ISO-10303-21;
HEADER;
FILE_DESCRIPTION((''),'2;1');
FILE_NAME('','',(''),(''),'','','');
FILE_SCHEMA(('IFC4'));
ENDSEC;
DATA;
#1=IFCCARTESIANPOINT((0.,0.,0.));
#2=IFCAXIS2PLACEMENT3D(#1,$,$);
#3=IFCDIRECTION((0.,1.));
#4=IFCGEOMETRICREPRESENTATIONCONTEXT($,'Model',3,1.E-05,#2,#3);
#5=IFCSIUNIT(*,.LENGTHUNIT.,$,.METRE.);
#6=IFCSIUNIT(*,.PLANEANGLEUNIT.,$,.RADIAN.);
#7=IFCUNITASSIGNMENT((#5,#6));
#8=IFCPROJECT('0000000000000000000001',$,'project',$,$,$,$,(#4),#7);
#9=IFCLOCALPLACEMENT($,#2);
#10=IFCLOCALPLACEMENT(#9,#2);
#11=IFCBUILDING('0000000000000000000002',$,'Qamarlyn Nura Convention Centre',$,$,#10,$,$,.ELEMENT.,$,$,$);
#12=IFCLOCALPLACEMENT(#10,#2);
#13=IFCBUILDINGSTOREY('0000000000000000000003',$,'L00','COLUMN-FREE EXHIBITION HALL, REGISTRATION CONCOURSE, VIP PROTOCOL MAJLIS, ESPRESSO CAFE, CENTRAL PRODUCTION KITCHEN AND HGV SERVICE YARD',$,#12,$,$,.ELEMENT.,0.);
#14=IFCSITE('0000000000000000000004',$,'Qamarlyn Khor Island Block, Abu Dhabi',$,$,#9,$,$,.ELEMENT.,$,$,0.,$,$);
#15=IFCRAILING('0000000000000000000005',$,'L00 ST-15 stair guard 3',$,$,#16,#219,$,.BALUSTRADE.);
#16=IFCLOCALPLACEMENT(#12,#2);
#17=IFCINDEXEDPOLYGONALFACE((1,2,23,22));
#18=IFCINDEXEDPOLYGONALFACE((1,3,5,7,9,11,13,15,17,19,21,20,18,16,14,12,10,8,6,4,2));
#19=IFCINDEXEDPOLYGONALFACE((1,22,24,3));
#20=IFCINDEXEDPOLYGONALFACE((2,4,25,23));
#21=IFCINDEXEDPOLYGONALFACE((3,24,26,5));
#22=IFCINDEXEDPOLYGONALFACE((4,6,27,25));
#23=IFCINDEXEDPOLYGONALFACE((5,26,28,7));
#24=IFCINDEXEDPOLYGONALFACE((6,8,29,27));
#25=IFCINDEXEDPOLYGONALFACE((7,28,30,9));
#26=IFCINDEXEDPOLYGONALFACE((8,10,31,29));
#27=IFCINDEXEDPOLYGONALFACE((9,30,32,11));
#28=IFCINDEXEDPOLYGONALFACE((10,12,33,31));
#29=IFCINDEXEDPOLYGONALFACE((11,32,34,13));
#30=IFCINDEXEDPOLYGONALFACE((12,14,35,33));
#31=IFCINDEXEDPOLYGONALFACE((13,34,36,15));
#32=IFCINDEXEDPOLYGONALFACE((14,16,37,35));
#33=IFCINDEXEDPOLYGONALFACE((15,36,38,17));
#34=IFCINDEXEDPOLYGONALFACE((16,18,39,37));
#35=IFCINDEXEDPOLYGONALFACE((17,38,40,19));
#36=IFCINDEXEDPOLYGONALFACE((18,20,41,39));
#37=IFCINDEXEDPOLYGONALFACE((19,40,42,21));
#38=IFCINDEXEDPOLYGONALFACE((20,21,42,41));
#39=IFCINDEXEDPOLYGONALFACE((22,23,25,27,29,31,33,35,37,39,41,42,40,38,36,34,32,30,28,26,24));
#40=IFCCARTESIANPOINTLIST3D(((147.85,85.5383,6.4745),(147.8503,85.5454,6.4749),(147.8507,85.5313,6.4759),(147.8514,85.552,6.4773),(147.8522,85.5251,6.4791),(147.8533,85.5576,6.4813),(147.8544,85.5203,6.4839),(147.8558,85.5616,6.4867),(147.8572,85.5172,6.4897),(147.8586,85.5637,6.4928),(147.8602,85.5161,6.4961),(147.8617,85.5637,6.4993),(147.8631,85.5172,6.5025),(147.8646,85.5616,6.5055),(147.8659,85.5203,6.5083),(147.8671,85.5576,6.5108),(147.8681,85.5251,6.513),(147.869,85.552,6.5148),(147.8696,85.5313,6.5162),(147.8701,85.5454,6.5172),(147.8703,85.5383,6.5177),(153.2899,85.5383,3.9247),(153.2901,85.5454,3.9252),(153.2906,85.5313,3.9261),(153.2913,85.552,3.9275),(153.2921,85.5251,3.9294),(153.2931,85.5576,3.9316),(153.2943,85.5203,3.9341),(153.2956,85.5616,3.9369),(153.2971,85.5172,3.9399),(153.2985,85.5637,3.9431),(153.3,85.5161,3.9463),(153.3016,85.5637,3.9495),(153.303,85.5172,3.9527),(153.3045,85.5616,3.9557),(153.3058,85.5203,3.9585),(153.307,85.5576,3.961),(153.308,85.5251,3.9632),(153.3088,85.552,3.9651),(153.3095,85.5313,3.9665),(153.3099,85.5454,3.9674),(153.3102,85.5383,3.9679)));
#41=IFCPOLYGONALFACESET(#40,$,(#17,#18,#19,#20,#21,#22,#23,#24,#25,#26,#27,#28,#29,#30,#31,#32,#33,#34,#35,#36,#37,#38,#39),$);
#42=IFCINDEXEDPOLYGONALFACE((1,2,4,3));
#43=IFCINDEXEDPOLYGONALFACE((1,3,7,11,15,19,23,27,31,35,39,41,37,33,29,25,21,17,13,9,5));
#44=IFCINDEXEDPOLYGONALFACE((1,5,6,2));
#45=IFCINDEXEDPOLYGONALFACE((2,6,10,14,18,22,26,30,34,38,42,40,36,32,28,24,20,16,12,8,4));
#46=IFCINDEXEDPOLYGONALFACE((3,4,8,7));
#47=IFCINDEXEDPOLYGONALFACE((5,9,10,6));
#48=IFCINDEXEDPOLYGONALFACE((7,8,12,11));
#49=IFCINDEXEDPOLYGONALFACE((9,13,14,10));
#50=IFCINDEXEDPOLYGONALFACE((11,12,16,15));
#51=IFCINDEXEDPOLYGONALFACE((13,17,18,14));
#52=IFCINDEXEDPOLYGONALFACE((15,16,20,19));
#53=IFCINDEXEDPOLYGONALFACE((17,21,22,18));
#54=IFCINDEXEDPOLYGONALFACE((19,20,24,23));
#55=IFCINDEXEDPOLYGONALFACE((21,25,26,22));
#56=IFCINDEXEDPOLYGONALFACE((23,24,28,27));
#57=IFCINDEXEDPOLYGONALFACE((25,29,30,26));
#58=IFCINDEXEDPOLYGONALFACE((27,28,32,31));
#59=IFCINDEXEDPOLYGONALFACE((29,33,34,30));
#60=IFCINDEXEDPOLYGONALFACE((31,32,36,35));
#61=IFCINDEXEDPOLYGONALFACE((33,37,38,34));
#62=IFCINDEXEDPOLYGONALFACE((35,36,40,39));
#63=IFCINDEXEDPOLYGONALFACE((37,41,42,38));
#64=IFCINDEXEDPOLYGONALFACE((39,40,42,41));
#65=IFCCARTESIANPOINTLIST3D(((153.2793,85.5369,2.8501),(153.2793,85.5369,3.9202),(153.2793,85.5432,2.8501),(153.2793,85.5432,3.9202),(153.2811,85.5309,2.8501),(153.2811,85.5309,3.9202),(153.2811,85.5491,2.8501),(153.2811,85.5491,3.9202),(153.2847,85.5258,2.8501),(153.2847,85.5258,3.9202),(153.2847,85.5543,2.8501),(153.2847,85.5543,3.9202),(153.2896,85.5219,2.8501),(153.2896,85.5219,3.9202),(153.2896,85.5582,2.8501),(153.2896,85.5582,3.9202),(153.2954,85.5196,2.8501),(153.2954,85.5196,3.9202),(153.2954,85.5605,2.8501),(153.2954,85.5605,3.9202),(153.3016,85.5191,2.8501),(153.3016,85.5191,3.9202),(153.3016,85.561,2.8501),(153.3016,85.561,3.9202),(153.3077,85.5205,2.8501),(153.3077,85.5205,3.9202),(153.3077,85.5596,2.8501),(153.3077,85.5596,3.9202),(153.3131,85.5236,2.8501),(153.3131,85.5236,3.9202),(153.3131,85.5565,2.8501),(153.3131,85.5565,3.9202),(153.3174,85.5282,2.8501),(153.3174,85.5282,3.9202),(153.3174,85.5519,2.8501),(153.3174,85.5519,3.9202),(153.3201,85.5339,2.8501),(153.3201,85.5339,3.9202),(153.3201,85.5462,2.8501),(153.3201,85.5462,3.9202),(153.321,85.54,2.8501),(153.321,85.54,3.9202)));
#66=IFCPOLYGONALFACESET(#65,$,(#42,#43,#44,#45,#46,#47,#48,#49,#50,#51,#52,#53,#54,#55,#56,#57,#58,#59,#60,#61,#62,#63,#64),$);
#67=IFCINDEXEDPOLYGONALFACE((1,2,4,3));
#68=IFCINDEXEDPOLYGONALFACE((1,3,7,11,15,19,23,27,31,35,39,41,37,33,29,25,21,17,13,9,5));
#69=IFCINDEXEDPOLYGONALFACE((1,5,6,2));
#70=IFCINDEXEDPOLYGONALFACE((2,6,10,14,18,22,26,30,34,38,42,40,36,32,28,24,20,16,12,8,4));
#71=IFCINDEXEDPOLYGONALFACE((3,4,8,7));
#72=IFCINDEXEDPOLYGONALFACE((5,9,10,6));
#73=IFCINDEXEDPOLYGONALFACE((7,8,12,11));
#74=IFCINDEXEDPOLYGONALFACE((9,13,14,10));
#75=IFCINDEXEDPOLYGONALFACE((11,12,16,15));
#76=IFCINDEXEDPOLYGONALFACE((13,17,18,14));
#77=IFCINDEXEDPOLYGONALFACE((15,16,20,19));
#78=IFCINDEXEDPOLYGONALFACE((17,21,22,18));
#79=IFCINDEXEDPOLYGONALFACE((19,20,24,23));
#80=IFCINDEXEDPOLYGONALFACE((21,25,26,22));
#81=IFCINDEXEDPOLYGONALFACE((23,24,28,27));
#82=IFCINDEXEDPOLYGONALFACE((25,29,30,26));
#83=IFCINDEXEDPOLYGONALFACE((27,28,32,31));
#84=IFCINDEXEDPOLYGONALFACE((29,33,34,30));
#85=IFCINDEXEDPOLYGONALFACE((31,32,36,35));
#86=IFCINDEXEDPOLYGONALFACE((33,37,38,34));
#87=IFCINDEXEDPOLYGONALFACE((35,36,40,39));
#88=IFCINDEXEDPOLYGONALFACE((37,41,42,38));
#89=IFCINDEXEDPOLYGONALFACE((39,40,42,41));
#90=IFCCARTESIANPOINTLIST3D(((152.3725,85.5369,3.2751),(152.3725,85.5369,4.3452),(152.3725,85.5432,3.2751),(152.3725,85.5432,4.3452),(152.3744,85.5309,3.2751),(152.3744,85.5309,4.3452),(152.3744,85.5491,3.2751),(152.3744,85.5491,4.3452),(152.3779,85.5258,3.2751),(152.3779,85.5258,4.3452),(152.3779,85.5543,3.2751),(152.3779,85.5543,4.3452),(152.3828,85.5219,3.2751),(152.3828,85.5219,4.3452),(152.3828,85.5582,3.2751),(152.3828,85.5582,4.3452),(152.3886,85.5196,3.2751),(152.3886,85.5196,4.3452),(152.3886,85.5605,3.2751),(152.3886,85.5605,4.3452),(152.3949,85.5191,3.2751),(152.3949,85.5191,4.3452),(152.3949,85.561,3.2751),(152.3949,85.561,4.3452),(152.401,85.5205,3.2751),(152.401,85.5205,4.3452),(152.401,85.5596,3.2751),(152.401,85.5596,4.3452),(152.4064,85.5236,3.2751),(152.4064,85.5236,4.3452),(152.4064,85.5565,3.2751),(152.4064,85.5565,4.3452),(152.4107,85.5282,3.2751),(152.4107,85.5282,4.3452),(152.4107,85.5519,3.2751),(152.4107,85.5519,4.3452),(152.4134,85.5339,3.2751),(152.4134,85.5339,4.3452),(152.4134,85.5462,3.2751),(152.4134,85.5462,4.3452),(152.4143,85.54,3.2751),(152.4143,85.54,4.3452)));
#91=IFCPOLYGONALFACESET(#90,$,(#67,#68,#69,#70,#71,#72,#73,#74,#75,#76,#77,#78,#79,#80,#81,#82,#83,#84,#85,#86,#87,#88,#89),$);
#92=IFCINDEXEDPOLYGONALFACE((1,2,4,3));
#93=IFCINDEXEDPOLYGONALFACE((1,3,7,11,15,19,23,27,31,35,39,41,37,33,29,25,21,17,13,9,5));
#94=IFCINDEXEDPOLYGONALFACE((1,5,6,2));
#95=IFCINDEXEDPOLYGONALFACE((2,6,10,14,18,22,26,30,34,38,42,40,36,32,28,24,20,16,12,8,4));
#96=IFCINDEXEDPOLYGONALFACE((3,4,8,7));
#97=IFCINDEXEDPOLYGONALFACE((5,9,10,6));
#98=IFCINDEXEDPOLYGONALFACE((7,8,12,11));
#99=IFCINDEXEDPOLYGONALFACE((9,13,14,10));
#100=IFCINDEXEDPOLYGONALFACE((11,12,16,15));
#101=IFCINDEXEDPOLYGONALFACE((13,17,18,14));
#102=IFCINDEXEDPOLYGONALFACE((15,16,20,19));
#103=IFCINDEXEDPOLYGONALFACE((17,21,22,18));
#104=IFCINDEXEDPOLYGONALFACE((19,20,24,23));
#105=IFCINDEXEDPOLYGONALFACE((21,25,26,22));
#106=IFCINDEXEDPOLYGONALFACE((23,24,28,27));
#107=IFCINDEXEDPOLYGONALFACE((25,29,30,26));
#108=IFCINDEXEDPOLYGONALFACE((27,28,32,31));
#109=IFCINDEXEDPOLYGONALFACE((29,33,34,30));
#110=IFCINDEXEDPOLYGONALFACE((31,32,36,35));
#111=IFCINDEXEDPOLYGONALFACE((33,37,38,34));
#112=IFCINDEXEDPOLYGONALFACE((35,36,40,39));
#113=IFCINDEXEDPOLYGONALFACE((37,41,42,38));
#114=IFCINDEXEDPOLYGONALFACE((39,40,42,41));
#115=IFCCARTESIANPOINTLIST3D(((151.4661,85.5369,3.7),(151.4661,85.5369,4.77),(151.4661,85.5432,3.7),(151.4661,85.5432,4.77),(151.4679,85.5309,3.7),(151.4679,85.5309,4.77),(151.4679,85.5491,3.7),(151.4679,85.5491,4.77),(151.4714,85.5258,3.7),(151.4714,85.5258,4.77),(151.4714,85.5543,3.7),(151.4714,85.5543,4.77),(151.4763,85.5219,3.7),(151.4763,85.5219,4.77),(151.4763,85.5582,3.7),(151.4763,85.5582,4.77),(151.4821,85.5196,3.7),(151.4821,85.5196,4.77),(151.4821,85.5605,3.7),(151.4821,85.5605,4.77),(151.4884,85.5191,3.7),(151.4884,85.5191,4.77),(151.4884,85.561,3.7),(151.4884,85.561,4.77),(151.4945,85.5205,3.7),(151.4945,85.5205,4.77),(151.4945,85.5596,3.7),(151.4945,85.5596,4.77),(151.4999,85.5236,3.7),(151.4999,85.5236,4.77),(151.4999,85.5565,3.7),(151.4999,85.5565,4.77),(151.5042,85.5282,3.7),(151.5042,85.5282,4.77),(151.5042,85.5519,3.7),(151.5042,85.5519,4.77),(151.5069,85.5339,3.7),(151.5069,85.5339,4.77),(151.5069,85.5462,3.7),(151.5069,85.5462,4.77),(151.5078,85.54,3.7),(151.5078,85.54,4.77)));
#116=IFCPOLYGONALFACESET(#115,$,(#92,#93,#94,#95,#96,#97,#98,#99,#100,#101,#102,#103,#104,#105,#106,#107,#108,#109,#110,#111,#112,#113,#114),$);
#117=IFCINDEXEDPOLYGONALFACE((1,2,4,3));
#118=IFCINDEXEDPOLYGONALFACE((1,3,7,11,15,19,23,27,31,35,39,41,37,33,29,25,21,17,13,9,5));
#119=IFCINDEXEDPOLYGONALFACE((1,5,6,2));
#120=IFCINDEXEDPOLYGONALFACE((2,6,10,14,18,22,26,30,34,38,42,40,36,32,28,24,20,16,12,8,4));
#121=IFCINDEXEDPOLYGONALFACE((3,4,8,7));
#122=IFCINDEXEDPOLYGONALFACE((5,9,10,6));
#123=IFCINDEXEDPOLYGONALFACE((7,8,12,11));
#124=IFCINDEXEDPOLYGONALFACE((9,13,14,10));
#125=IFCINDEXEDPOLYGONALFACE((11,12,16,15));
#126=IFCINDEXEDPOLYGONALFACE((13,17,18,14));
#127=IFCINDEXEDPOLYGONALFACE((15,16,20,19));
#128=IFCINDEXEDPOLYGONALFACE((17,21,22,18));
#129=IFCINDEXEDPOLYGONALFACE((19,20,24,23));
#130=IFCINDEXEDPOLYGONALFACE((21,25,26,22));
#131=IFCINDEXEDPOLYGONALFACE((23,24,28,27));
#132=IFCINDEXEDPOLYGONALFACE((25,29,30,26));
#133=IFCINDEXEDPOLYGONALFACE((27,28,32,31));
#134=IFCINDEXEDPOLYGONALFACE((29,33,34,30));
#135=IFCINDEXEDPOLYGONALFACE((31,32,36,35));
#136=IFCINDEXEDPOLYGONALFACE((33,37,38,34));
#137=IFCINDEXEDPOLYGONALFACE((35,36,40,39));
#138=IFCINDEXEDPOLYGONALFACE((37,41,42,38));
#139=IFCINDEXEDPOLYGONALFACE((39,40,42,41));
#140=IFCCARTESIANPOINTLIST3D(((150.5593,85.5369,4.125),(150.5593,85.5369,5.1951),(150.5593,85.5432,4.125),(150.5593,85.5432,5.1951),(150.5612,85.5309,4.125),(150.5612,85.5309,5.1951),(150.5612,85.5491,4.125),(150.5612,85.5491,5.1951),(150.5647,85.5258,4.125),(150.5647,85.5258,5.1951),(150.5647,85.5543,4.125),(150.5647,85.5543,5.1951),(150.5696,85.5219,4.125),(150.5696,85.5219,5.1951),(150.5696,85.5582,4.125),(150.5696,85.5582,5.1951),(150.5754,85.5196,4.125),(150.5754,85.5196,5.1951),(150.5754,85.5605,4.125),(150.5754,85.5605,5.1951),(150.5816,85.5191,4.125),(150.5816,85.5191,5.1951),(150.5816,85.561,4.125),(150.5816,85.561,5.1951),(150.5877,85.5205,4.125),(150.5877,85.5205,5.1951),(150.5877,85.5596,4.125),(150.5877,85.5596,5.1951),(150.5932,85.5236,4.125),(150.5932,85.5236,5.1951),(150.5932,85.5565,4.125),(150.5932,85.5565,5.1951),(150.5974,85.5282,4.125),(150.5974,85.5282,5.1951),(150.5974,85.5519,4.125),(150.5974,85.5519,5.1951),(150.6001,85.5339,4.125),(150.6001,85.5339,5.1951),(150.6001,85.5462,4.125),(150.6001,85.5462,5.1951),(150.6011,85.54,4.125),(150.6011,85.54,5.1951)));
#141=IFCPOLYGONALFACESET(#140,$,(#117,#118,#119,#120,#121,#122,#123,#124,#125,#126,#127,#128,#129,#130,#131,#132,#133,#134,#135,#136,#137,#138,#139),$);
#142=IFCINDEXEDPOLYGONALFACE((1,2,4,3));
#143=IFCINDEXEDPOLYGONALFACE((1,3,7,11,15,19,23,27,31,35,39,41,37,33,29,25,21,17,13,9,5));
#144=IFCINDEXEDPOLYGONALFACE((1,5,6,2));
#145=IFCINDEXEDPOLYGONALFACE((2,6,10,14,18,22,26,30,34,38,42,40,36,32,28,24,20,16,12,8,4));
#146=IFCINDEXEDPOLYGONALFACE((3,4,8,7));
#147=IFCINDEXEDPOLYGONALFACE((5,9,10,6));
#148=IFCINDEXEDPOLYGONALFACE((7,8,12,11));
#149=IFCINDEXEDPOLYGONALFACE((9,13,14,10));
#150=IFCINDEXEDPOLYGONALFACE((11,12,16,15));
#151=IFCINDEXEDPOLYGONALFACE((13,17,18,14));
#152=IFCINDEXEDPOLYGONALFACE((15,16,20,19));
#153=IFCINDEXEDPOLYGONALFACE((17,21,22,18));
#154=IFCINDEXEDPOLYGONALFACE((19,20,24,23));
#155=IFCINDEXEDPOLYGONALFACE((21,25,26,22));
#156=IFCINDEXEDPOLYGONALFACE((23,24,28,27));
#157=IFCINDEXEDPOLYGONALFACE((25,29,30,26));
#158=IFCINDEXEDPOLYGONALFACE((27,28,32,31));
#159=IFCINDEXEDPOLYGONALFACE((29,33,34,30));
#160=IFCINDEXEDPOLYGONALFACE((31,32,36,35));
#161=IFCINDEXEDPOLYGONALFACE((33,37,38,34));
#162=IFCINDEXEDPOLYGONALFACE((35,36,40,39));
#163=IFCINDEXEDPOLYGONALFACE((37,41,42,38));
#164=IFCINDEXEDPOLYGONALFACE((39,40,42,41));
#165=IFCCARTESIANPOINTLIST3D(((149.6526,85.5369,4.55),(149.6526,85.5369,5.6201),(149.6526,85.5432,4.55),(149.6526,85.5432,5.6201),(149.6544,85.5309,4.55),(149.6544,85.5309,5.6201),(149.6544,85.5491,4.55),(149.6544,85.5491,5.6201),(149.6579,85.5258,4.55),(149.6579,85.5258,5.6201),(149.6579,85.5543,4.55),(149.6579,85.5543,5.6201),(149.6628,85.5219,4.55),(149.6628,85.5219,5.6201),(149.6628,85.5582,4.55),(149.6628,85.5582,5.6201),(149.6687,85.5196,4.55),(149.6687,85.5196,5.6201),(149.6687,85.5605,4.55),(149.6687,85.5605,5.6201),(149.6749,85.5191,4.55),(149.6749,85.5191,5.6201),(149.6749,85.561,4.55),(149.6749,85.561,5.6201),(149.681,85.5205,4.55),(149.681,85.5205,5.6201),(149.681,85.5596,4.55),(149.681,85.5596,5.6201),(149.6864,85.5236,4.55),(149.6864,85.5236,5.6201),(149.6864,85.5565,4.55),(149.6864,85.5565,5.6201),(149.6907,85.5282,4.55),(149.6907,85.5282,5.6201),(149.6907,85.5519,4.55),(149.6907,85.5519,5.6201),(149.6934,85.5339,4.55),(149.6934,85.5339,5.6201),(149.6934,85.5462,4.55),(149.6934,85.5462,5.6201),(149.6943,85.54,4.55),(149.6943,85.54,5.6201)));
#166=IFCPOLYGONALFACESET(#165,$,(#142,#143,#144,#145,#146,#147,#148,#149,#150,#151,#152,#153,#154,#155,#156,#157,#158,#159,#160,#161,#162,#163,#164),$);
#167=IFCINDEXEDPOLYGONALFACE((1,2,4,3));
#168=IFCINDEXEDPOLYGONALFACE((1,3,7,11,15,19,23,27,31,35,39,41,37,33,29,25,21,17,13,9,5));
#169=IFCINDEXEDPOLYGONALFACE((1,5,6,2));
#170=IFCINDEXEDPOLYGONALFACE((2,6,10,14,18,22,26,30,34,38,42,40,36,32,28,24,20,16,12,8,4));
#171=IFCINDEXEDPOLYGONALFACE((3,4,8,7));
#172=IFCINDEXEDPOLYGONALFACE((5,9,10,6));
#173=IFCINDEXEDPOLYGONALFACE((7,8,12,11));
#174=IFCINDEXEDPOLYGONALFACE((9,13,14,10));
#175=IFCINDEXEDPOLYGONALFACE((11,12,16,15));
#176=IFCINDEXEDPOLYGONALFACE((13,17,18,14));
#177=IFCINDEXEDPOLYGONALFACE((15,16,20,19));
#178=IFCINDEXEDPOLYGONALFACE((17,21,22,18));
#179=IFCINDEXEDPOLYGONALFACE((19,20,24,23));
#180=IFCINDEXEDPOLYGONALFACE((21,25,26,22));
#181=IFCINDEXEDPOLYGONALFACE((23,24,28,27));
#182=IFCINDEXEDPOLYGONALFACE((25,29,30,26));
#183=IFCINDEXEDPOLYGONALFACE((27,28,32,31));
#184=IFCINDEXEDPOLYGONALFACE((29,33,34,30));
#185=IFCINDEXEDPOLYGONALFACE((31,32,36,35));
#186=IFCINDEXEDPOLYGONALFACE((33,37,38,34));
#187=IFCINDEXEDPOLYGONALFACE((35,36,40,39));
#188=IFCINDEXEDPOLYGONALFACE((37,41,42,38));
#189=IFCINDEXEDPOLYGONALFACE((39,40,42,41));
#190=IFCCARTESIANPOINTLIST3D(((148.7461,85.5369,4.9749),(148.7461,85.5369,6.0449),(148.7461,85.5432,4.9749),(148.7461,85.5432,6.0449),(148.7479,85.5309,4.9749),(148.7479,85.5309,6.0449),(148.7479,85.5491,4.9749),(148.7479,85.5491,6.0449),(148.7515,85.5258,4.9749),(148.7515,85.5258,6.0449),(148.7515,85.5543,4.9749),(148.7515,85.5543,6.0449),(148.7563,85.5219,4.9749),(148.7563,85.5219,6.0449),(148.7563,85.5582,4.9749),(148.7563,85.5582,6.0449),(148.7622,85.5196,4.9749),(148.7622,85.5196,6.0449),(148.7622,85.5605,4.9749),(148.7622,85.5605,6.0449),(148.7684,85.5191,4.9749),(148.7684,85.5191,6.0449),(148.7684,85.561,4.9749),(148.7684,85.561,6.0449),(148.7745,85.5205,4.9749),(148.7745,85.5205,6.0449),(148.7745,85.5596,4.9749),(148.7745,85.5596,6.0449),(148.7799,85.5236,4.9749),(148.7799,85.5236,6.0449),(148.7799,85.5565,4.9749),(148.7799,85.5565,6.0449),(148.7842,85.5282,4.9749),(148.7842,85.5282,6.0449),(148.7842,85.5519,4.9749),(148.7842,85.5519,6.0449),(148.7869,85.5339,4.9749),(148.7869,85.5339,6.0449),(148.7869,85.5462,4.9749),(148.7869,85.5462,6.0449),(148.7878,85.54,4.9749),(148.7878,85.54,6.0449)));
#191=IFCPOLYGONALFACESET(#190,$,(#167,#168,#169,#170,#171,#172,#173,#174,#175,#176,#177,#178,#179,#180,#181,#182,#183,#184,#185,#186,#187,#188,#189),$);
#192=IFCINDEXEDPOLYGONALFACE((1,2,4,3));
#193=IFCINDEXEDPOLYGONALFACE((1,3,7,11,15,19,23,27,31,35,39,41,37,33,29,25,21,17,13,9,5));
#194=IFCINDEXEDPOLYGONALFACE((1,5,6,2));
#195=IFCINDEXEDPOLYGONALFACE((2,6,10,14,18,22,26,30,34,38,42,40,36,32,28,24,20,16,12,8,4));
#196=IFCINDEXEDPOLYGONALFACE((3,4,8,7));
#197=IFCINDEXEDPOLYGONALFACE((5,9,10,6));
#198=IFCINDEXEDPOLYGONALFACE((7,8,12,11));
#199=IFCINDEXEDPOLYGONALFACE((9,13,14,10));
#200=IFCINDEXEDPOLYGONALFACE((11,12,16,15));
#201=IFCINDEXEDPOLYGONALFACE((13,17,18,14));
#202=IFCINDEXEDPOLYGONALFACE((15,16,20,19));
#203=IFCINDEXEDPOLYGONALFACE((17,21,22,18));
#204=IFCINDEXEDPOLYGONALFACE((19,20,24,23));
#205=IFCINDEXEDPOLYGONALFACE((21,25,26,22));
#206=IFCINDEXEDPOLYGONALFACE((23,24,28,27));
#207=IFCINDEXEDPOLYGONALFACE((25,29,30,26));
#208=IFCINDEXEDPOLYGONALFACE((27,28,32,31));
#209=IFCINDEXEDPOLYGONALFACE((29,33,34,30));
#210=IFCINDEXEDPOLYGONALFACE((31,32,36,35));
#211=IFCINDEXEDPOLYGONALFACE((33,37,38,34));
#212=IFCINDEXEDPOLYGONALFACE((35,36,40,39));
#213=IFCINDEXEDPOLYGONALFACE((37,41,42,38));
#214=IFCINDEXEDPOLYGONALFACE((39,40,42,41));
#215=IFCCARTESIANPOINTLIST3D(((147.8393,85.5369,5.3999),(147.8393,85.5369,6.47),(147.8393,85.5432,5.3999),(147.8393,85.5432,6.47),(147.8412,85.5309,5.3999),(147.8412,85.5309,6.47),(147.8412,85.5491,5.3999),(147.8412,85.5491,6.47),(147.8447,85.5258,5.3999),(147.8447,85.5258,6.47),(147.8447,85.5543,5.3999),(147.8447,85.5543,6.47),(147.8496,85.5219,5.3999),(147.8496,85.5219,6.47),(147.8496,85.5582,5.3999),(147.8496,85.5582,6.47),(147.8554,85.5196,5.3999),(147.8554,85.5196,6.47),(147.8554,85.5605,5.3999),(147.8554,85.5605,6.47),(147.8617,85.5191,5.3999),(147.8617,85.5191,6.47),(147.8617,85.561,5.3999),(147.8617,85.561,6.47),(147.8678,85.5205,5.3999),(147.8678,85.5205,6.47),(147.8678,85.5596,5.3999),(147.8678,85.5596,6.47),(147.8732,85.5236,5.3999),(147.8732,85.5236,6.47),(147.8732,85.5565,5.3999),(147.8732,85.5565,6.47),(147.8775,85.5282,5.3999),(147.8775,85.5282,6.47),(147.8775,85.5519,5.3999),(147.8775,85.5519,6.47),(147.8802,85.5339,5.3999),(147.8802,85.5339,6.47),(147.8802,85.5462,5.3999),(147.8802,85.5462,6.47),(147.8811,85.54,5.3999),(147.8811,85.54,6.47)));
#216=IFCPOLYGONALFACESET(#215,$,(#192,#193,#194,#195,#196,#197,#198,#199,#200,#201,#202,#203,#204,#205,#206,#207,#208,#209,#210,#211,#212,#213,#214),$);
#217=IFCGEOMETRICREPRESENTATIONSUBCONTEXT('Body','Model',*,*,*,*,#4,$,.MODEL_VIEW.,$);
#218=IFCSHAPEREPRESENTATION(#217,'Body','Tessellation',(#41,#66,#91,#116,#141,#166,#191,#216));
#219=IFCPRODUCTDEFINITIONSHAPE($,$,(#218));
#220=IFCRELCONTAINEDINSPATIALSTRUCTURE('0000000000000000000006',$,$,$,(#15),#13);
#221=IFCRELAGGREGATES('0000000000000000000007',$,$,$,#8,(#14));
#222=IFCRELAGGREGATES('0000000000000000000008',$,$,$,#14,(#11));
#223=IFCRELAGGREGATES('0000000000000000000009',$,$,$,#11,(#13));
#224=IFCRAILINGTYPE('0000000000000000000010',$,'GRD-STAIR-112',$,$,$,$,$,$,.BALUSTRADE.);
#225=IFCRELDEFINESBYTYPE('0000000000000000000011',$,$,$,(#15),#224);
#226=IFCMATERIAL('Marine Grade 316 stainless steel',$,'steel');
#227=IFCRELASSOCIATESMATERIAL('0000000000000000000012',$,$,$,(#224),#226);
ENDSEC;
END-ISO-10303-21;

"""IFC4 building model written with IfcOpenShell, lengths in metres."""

from ifc_helpers import new_model, si_unit, direction, frame, origin, origin_2d, place, context, subcontext, project, spatial, circle, extrude, material, type_object, element, save


model = new_model("IFC4")

# Units and contexts
model_context = context("Model", 3, precision=1e-05, world=origin(), true_north=direction((0.0, 1.0)))
body_context = subcontext(model_context, "Body", "Model", "MODEL_VIEW")
ifc_project = project(units=[si_unit("LENGTHUNIT", "METRE"), si_unit("PLANEANGLEUNIT", "RADIAN")], contexts=[model_context])

# Site, building, storey
site_placement = place(None, origin())
site = spatial("IfcSite", under=ifc_project, at=site_placement, Name="Qamarlyn Khor Island Block, Abu Dhabi", CompositionType="ELEMENT", RefElevation=0.0)
building_placement = place(site_placement, origin())
building = spatial("IfcBuilding", under=site, at=building_placement, Name="Qamarlyn Nura Convention Centre", CompositionType="ELEMENT")
storey_placement = place(building_placement, origin())
storey = spatial("IfcBuildingStorey", under=building, at=storey_placement, Name="L00", Description="COLUMN-FREE EXHIBITION HALL, REGISTRATION CONCOURSE, VIP PROTOCOL MAJLIS, ESPRESSO CAFE, CENTRAL PRODUCTION KITCHEN AND HGV SERVICE YARD", CompositionType="ELEMENT", Elevation=0.0)

# Railing
ifc_material_1 = material(Name="Marine Grade 316 stainless steel", Category="steel")
railing_type_1 = type_object("IfcRailingType", Name="GRD-STAIR-112", PredefinedType="BALUSTRADE", material=ifc_material_1)
railing_1_placement = place(storey_placement, frame((153.3, 85.54, 2.8501)))
element("IfcRailing", 1, at=railing_1_placement, inside=storey, type_object=railing_type_1, Name="L00 ST-15 stair guard 3", PredefinedType="BALUSTRADE", context=body_context, shape_type="SweptSolid", body=[
    extrude(circle(Radius=0.0239, at=origin_2d()), frame((0.0, 0.0, 1.0962), z_axis=(-0.90547, 0.0, 0.424411), x_axis=(0.0, -1.0, 0.0)), (0.0, 0.0, 1.0), 6.0078),
    extrude(circle(Radius=0.021, at=origin_2d()), origin(), (0.0, 0.0, 1.0), 1.0701),
    extrude(circle(Radius=0.021, at=origin_2d()), frame((-0.9067, 0.0, 0.425)), (0.0, 0.0, 1.0), 1.0701),
    extrude(circle(Radius=0.021, at=origin_2d()), frame((-1.8132, 0.0, 0.8499)), (0.0, 0.0, 1.0), 1.0701),
    extrude(circle(Radius=0.021, at=origin_2d()), frame((-2.72, 0.0, 1.2749)), (0.0, 0.0, 1.0), 1.0701),
    extrude(circle(Radius=0.021, at=origin_2d()), frame((-3.6267, 0.0, 1.7)), (0.0, 0.0, 1.0), 1.0701),
    extrude(circle(Radius=0.021, at=origin_2d()), frame((-4.5332, 0.0, 2.1248)), (0.0, 0.0, 1.0), 1.0701),
    extrude(circle(Radius=0.021, at=origin_2d()), frame((-5.4399, 0.0, 2.5498)), (0.0, 0.0, 1.0), 1.0701),
])

save(model, "model.ifc")
